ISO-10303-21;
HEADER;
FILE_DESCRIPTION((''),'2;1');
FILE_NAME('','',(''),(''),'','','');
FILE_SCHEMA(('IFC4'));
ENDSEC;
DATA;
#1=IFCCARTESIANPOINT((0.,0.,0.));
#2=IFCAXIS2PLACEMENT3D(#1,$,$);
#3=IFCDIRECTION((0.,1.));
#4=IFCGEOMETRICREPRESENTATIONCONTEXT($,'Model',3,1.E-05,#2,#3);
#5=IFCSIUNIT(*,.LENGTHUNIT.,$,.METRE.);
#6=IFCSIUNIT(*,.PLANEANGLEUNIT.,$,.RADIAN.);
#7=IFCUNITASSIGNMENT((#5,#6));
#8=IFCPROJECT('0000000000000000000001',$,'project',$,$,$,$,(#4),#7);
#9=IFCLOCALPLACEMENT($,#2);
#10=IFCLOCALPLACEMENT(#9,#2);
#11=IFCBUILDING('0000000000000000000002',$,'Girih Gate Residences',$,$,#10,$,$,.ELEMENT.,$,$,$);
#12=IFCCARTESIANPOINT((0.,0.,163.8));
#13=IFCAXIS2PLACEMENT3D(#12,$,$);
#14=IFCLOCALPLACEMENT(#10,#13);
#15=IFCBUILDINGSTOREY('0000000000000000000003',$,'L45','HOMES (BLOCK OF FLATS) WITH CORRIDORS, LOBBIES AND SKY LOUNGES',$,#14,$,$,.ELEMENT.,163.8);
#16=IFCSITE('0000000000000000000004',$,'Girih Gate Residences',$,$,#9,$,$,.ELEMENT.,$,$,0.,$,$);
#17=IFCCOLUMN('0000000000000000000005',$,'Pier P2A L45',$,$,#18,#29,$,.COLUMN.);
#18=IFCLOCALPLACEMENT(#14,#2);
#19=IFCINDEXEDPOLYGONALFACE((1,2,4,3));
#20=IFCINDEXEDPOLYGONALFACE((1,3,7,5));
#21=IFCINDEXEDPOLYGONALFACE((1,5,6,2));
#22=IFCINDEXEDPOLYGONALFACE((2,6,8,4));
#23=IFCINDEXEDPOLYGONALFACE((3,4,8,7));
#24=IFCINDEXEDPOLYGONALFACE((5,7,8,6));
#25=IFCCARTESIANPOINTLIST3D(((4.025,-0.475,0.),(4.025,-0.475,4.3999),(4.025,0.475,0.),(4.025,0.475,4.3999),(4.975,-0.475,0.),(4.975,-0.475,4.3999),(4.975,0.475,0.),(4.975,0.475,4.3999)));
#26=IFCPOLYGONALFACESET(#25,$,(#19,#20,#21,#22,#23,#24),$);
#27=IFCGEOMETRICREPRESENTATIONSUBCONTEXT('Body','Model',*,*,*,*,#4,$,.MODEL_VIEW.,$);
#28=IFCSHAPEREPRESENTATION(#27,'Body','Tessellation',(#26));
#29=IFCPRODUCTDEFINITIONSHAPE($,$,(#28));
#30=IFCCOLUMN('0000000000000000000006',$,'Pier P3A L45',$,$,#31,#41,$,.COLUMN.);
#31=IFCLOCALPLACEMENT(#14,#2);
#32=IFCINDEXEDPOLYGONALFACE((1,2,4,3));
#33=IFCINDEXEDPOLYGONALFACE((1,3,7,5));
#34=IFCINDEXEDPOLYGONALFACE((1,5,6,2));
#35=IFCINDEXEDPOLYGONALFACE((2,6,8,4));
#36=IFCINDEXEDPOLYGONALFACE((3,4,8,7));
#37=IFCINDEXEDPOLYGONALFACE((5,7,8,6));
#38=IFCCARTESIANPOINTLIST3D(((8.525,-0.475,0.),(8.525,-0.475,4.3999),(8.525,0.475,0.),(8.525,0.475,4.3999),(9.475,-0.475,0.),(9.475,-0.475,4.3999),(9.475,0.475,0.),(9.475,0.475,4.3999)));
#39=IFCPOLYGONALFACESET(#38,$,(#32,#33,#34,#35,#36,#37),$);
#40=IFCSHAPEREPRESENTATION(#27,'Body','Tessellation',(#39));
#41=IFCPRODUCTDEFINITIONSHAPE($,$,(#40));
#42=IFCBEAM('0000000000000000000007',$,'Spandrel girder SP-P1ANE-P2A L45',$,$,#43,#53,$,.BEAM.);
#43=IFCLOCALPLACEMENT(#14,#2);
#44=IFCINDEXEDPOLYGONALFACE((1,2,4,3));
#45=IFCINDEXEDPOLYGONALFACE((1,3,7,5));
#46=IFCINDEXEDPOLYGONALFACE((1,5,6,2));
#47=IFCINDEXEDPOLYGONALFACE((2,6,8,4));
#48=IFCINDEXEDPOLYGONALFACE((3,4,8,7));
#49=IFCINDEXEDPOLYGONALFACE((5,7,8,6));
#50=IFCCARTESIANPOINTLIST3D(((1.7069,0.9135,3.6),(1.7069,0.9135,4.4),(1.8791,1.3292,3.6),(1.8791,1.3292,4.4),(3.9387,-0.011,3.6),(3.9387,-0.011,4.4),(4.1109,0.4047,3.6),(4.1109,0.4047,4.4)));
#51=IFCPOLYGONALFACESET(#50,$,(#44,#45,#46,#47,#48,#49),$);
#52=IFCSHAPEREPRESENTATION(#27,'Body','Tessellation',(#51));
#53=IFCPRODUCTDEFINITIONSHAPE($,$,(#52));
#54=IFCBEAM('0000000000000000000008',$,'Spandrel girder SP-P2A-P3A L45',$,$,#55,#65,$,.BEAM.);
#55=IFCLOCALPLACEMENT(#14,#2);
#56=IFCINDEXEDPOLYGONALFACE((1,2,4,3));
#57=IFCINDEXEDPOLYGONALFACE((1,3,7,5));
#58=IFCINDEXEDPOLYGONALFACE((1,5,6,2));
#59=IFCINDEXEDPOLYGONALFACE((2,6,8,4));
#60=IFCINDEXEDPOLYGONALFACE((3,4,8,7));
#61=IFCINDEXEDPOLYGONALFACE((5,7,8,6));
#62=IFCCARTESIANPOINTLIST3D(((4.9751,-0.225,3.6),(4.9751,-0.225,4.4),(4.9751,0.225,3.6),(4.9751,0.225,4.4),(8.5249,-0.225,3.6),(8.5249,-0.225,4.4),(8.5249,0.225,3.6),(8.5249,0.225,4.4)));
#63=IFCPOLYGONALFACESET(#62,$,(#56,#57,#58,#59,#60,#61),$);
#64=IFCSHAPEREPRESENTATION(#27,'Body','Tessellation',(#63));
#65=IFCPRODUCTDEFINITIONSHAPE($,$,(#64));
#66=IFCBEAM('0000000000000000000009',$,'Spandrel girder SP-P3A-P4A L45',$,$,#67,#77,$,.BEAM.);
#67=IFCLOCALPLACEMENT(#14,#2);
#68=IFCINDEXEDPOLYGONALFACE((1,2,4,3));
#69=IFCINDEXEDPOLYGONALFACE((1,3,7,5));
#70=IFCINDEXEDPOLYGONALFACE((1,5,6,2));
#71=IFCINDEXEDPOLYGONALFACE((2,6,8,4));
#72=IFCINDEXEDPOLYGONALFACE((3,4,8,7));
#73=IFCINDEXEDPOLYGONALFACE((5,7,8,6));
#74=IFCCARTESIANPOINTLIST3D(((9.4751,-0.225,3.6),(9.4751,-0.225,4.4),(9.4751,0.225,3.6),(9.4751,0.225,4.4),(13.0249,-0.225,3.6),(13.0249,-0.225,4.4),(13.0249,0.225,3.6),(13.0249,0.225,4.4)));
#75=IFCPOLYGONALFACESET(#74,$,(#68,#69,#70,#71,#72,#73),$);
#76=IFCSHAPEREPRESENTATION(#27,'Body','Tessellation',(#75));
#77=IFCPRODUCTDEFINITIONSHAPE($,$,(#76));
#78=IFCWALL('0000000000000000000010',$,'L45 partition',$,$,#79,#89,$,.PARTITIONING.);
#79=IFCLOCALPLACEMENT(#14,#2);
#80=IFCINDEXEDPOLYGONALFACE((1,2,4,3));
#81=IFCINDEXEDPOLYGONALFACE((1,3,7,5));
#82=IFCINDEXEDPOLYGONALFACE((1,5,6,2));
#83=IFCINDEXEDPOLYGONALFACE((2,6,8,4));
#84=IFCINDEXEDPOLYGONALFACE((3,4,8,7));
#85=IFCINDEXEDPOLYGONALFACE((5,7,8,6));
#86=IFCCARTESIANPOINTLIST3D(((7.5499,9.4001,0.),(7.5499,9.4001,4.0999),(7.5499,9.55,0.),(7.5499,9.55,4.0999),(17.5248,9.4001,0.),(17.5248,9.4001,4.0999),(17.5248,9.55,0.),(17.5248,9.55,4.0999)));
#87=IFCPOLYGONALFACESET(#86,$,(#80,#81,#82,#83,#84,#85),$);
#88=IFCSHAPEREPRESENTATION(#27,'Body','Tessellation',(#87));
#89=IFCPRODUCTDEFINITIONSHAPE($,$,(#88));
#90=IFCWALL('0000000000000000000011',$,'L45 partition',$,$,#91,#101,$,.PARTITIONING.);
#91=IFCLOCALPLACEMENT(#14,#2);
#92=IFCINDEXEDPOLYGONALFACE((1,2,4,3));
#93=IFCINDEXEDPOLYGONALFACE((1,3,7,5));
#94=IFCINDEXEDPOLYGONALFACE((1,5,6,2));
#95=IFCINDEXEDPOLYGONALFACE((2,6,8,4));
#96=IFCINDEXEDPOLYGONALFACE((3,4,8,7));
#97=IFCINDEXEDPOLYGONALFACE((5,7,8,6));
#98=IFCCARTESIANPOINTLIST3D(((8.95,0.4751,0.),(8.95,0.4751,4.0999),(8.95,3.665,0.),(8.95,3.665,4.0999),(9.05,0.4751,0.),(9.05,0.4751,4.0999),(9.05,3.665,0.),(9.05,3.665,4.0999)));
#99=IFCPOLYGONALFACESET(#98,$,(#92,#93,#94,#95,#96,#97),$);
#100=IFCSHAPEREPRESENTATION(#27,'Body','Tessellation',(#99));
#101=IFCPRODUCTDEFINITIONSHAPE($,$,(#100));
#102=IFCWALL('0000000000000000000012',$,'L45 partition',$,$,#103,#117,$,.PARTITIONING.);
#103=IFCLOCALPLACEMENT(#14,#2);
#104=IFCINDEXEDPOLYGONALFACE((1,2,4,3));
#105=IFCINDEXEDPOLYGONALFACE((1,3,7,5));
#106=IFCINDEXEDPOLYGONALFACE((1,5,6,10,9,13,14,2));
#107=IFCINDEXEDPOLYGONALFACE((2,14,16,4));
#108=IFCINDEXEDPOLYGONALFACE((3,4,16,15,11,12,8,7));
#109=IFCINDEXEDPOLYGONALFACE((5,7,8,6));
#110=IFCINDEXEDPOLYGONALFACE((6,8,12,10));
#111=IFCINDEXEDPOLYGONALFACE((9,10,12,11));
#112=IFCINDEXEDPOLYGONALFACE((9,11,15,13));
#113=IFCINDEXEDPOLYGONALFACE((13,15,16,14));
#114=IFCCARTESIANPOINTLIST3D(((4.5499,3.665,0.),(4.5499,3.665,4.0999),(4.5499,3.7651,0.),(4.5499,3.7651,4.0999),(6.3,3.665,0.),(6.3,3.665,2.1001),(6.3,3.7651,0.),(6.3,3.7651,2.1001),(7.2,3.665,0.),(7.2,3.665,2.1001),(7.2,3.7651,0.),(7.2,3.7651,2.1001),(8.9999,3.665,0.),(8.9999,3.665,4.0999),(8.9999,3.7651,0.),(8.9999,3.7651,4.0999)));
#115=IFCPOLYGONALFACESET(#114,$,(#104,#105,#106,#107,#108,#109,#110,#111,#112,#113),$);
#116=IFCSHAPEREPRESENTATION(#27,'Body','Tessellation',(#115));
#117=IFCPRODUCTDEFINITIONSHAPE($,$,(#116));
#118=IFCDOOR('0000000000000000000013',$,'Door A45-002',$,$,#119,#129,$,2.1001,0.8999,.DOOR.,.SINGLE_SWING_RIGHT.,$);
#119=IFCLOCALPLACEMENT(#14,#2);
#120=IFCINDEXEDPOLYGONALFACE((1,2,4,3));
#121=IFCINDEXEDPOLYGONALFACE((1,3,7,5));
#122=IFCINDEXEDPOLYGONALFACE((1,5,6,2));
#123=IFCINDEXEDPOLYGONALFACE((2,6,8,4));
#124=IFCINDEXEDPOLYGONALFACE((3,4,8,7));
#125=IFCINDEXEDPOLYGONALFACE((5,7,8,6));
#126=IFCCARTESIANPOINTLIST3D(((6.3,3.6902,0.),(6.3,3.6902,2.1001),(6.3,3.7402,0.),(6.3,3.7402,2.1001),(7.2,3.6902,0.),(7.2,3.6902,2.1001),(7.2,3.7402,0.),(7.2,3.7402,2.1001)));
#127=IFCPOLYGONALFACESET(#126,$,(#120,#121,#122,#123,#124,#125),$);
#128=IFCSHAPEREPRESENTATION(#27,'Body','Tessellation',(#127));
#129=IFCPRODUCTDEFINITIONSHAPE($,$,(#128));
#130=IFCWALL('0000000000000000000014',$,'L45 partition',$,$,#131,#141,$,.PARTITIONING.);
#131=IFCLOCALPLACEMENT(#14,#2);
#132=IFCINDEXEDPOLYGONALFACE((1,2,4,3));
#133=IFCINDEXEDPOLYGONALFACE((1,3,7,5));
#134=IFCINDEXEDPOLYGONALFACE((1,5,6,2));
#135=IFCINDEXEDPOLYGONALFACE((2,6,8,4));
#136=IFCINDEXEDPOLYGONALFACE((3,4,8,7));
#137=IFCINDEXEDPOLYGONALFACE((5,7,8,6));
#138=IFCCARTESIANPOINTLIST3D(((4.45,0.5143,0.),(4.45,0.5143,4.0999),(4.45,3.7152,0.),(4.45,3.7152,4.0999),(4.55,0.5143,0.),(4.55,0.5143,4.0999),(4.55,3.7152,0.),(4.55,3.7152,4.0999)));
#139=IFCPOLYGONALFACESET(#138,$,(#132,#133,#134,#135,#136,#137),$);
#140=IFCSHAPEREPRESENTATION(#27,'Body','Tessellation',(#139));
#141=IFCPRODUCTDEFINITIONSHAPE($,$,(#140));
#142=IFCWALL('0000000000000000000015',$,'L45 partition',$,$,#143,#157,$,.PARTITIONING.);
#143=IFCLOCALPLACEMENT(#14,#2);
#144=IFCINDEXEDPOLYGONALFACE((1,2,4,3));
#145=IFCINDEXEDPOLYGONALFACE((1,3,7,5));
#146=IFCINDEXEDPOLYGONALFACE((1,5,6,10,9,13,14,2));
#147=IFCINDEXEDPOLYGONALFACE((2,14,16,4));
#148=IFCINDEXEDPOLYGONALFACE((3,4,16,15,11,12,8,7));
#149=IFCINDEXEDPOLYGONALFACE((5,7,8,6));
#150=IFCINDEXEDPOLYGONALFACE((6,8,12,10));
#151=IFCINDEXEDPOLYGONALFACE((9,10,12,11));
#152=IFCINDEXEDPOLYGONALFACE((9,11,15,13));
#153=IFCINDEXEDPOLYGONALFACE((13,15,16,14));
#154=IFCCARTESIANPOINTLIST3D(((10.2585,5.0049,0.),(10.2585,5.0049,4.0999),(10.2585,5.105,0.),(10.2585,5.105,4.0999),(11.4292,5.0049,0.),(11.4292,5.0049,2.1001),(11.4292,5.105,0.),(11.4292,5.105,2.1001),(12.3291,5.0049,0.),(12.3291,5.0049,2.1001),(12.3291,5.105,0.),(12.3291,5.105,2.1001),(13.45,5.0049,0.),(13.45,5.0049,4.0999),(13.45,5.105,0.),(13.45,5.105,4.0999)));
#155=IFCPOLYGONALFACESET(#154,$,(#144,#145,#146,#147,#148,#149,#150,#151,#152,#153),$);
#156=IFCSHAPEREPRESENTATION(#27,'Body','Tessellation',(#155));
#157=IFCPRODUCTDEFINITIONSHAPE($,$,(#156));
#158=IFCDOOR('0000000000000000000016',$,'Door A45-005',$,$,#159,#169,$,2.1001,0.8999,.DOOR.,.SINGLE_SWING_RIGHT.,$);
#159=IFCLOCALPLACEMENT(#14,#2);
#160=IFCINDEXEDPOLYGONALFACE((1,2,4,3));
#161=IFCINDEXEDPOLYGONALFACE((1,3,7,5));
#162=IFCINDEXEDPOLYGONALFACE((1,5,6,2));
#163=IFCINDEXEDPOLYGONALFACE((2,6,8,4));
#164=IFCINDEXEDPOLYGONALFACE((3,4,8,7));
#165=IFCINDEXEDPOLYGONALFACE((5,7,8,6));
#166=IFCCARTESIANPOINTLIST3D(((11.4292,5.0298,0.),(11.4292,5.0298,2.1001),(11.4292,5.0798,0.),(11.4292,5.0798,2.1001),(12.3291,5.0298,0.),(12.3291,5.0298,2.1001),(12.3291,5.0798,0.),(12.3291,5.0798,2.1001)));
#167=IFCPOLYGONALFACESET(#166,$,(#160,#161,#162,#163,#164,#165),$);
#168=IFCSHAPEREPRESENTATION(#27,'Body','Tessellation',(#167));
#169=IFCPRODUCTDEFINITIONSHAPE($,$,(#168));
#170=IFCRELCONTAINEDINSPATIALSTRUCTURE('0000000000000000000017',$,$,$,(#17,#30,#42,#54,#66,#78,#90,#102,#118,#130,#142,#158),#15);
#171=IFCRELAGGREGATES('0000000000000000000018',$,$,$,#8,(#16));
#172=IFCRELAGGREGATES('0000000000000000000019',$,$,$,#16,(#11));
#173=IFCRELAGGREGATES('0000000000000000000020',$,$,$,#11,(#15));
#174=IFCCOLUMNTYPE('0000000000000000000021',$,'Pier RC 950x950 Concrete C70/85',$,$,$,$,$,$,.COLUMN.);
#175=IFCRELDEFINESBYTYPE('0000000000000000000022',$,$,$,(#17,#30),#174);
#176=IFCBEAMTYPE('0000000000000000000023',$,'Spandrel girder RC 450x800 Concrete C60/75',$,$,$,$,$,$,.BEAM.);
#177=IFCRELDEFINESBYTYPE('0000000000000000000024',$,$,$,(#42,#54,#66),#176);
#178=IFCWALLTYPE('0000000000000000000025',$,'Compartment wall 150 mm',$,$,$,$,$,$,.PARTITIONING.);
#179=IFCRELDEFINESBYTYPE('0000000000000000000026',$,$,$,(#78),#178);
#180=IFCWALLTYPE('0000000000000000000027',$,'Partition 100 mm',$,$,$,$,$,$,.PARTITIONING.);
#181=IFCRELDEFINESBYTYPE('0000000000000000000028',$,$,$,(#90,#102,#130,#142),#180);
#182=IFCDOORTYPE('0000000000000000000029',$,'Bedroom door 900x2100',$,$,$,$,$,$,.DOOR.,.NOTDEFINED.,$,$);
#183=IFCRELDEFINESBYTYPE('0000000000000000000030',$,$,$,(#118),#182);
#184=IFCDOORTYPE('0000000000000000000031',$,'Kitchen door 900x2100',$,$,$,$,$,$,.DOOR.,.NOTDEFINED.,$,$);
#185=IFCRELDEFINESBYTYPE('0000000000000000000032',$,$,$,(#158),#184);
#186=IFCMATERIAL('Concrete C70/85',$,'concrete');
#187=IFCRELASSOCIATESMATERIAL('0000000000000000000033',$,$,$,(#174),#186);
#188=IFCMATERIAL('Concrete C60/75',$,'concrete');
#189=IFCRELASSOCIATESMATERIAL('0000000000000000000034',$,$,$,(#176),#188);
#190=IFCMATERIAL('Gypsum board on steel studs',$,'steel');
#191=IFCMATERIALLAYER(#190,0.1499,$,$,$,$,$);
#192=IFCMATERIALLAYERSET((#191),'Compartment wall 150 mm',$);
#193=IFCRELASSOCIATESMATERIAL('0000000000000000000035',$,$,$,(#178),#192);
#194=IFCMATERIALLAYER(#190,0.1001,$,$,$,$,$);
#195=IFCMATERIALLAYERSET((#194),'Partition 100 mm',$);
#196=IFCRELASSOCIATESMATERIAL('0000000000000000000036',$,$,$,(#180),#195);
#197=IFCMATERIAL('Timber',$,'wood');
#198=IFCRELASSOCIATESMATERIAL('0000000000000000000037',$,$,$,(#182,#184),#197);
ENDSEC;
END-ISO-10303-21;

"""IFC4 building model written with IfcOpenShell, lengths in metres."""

from ifc_helpers import new_model, si_unit, direction, frame, frame_2d, origin, origin_2d, place, context, subcontext, project, spatial, rectangle, extrude, material, layer, layer_set, material_profile, profile_set, type_object, element, fill, save


model = new_model("IFC4")

# Units and contexts
model_context = context("Model", 3, precision=1e-05, world=origin(), true_north=direction((0.0, 1.0)))
body_context = subcontext(model_context, "Body", "Model", "MODEL_VIEW")
ifc_project = project(units=[si_unit("LENGTHUNIT", "METRE"), si_unit("PLANEANGLEUNIT", "RADIAN")], contexts=[model_context])

# Site, building, storey
site_placement = place(None, origin())
site = spatial("IfcSite", under=ifc_project, at=site_placement, Name="Girih Gate Residences", CompositionType="ELEMENT", RefElevation=0.0)
building_placement = place(site_placement, origin())
building = spatial("IfcBuilding", under=site, at=building_placement, Name="Girih Gate Residences", CompositionType="ELEMENT")
storey_placement = place(building_placement, frame((0.0, 0.0, 163.8)))
storey = spatial("IfcBuildingStorey", under=building, at=storey_placement, Name="L45", Description="HOMES (BLOCK OF FLATS) WITH CORRIDORS, LOBBIES AND SKY LOUNGES", CompositionType="ELEMENT", Elevation=163.8)

# Columns
ifc_material_1 = material(Name="Concrete C70/85", Category="concrete")
ifc_material_profile_1 = material_profile(ifc_material_1, rectangle(XDim=0.95, YDim=0.95, at=origin_2d()))
ifc_profile_set_1 = profile_set([ifc_material_profile_1], Name="Concrete C70/85")
column_type = type_object("IfcColumnType", Name="Pier RC 950x950 Concrete C70/85", PredefinedType="COLUMN", material=ifc_profile_set_1)
for number, where, z_axis, x_axis, name in (
    (1, (4.5, 0.0, 0.0), (0.0, 0.0, 1.0), (1.0, 0.0, 0.0), "Pier P2A L45"),
    (2, (9.0, 0.0, 0.0), (0.0, 0.0, 1.0), (1.0, 0.0, 0.0), "Pier P3A L45"),
):
    element("IfcColumn", number, at=place(storey_placement, frame(where, z_axis=z_axis, x_axis=x_axis)), inside=storey, type_object=column_type, Name=name, PredefinedType="COLUMN", context=body_context, shape_type="SweptSolid", body=[
        extrude(rectangle(XDim=0.95, YDim=0.95, at=origin_2d()), origin(), (0.0, 0.0, 1.0), 4.3999),
    ])

# Beams
ifc_material_2 = material(Name="Concrete C60/75", Category="concrete")
ifc_material_profile_2 = material_profile(ifc_material_2, rectangle(XDim=0.45, YDim=0.8, at=origin_2d()))
ifc_profile_set_2 = profile_set([ifc_material_profile_2], Name="Concrete C60/75")
beam_type = type_object("IfcBeamType", Name="Spandrel girder RC 450x800 Concrete C60/75", PredefinedType="BEAM", material=ifc_profile_set_2)
beam_placement = place(storey_placement, frame((1.793, 1.1213, 4.0), z_axis=(0.92387, -0.382706, 0.0), x_axis=(0.382706, 0.92387, 0.0)))
element("IfcBeam", 3, at=beam_placement, inside=storey, type_object=beam_type, Name="Spandrel girder SP-P1ANE-P2A L45", PredefinedType="BEAM", context=body_context, shape_type="SweptSolid", body=[
    extrude(rectangle(XDim=0.45, YDim=0.8, at=origin_2d()), origin(), (0.0, 0.0, 1.0), 2.4158),
])
for number, where, z_axis, x_axis, name in (
    (4, (4.9751, 0.0, 4.0), (1.0, 0.0, 0.0), (0.0, 1.0, 0.0), "Spandrel girder SP-P2A-P3A L45"),
    (5, (9.4751, 0.0, 4.0), (1.0, 0.0, 0.0), (0.0, 1.0, 0.0), "Spandrel girder SP-P3A-P4A L45"),
):
    element("IfcBeam", number, at=place(storey_placement, frame(where, z_axis=z_axis, x_axis=x_axis)), inside=storey, type_object=beam_type, Name=name, PredefinedType="BEAM", context=body_context, shape_type="SweptSolid", body=[
        extrude(rectangle(XDim=0.45, YDim=0.8, at=origin_2d()), origin(), (0.0, 0.0, 1.0), 3.5498),
    ])

# Wall
ifc_material_3 = material(Name="Gypsum board on steel studs", Category="steel")
ifc_layer_1 = layer(ifc_material_3, 0.1499)
ifc_layer_set_1 = layer_set([ifc_layer_1], Name="Compartment wall 150 mm")
wall_type_1 = type_object("IfcWallType", Name="Compartment wall 150 mm", PredefinedType="PARTITIONING", material=ifc_layer_set_1)
wall_1_placement = place(storey_placement, frame((7.55, 9.4751, 0.0), z_axis=(0.0, 0.0, 1.0), x_axis=(1.0, 0.0, 0.0)))
element("IfcWall", 6, at=wall_1_placement, inside=storey, type_object=wall_type_1, Name="L45 partition", PredefinedType="PARTITIONING", context=body_context, shape_type="SweptSolid", body=[
    extrude(rectangle(XDim=9.9749, YDim=0.1499, at=frame_2d((4.9873, 0.0))), origin(), (0.0, 0.0, 1.0), 4.0999),
])

# Wall
ifc_layer_2 = layer(ifc_material_3, 0.1001)
ifc_layer_set_2 = layer_set([ifc_layer_2], Name="Partition 100 mm")
wall_type_2 = type_object("IfcWallType", Name="Partition 100 mm", PredefinedType="PARTITIONING", material=ifc_layer_set_2)
wall_2_placement = place(storey_placement, frame((9.0, 0.4751, 0.0), z_axis=(0.0, 0.0, 1.0), x_axis=(0.0, 1.0, 0.0)))
element("IfcWall", 7, at=wall_2_placement, inside=storey, type_object=wall_type_2, Name="L45 partition", PredefinedType="PARTITIONING", context=body_context, shape_type="SweptSolid", body=[
    extrude(rectangle(XDim=3.1899, YDim=0.1001, at=frame_2d((1.595, 0.0))), origin(), (0.0, 0.0, 1.0), 4.0999),
])

# Wall, opening, door
wall_3_placement = place(storey_placement, frame((9.0, 3.7151, 0.0), z_axis=(0.0, 0.0, 1.0), x_axis=(-1.0, 0.0, 0.0)))
wall_3 = element("IfcWall", 8, at=wall_3_placement, inside=storey, type_object=wall_type_2, Name="L45 partition", PredefinedType="PARTITIONING", context=body_context, shape_type="SweptSolid", body=[
    extrude(rectangle(XDim=4.45, YDim=0.1001, at=frame_2d((2.2251, 0.0))), origin(), (0.0, 0.0, 1.0), 4.0999),
])
opening_1_placement = place(wall_3_placement, frame((1.8, 0.0, 0.0)))
opening_1 = element("IfcOpeningElement", 9, at=opening_1_placement, cuts=wall_3, PredefinedType="OPENING", context=body_context, shape_type="SweptSolid", body=[
    extrude(rectangle(XDim=0.8999, YDim=2.1001, at=frame_2d((0.45, 1.05))), frame((0.0, 0.0601, 0.0), z_axis=(0.0, -1.0, 0.0), x_axis=(1.0, 0.0, 0.0)), (0.0, 0.0, 1.0), 0.1201),
])
ifc_material_4 = material(Name="Timber", Category="wood")
door_type_1 = type_object("IfcDoorType", Name="Bedroom door 900x2100", OperationType="NOTDEFINED", PredefinedType="DOOR", material=ifc_material_4)
door_1_placement = place(opening_1_placement, origin())
door_1 = element("IfcDoor", 10, at=door_1_placement, inside=storey, type_object=door_type_1, Name="Door A45-002", OperationType="SINGLE_SWING_RIGHT", OverallHeight=2.1001, OverallWidth=0.8999, PredefinedType="DOOR", context=body_context, shape_type="SweptSolid", body=[
    extrude(rectangle(XDim=0.8999, YDim=2.1001, at=frame_2d((0.45, 1.05))), frame((0.0, 0.0249, 0.0), z_axis=(0.0, -1.0, 0.0), x_axis=(1.0, 0.0, 0.0)), (0.0, 0.0, 1.0), 0.05),
])
fill(opening_1, door_1)

# Wall
wall_4_placement = place(storey_placement, frame((4.5, 0.5142, 0.0), z_axis=(0.0, 0.0, 1.0), x_axis=(0.0, 1.0, 0.0)))
element("IfcWall", 11, at=wall_4_placement, inside=storey, type_object=wall_type_2, Name="L45 partition", PredefinedType="PARTITIONING", context=body_context, shape_type="SweptSolid", body=[
    extrude(rectangle(XDim=3.2009, YDim=0.1001, at=frame_2d((1.6006, 0.0))), origin(), (0.0, 0.0, 1.0), 4.0999),
])

# Wall, opening, door
wall_5_placement = place(storey_placement, frame((10.2585, 5.0549, 0.0), z_axis=(0.0, 0.0, 1.0), x_axis=(1.0, 0.0, 0.0)))
wall_5 = element("IfcWall", 12, at=wall_5_placement, inside=storey, type_object=wall_type_2, Name="L45 partition", PredefinedType="PARTITIONING", context=body_context, shape_type="SweptSolid", body=[
    extrude(rectangle(XDim=3.1914, YDim=0.1001, at=frame_2d((1.5957, 0.0))), origin(), (0.0, 0.0, 1.0), 4.0999),
])
opening_2_placement = place(wall_5_placement, frame((1.1707, 0.0, 0.0)))
opening_2 = element("IfcOpeningElement", 13, at=opening_2_placement, cuts=wall_5, PredefinedType="OPENING", context=body_context, shape_type="SweptSolid", body=[
    extrude(rectangle(XDim=0.8999, YDim=2.1001, at=frame_2d((0.45, 1.05))), frame((0.0, 0.0601, 0.0), z_axis=(0.0, -1.0, 0.0), x_axis=(1.0, 0.0, 0.0)), (0.0, 0.0, 1.0), 0.1201),
])
door_type_2 = type_object("IfcDoorType", Name="Kitchen door 900x2100", OperationType="NOTDEFINED", PredefinedType="DOOR", material=ifc_material_4)
door_2_placement = place(opening_2_placement, origin())
door_2 = element("IfcDoor", 14, at=door_2_placement, inside=storey, type_object=door_type_2, Name="Door A45-005", OperationType="SINGLE_SWING_RIGHT", OverallHeight=2.1001, OverallWidth=0.8999, PredefinedType="DOOR", context=body_context, shape_type="SweptSolid", body=[
    extrude(rectangle(XDim=0.8999, YDim=2.1001, at=frame_2d((0.45, 1.05))), frame((0.0, 0.0249, 0.0), z_axis=(0.0, -1.0, 0.0), x_axis=(1.0, 0.0, 0.0)), (0.0, 0.0, 1.0), 0.05),
])
fill(opening_2, door_2)

save(model, "model.ifc")
